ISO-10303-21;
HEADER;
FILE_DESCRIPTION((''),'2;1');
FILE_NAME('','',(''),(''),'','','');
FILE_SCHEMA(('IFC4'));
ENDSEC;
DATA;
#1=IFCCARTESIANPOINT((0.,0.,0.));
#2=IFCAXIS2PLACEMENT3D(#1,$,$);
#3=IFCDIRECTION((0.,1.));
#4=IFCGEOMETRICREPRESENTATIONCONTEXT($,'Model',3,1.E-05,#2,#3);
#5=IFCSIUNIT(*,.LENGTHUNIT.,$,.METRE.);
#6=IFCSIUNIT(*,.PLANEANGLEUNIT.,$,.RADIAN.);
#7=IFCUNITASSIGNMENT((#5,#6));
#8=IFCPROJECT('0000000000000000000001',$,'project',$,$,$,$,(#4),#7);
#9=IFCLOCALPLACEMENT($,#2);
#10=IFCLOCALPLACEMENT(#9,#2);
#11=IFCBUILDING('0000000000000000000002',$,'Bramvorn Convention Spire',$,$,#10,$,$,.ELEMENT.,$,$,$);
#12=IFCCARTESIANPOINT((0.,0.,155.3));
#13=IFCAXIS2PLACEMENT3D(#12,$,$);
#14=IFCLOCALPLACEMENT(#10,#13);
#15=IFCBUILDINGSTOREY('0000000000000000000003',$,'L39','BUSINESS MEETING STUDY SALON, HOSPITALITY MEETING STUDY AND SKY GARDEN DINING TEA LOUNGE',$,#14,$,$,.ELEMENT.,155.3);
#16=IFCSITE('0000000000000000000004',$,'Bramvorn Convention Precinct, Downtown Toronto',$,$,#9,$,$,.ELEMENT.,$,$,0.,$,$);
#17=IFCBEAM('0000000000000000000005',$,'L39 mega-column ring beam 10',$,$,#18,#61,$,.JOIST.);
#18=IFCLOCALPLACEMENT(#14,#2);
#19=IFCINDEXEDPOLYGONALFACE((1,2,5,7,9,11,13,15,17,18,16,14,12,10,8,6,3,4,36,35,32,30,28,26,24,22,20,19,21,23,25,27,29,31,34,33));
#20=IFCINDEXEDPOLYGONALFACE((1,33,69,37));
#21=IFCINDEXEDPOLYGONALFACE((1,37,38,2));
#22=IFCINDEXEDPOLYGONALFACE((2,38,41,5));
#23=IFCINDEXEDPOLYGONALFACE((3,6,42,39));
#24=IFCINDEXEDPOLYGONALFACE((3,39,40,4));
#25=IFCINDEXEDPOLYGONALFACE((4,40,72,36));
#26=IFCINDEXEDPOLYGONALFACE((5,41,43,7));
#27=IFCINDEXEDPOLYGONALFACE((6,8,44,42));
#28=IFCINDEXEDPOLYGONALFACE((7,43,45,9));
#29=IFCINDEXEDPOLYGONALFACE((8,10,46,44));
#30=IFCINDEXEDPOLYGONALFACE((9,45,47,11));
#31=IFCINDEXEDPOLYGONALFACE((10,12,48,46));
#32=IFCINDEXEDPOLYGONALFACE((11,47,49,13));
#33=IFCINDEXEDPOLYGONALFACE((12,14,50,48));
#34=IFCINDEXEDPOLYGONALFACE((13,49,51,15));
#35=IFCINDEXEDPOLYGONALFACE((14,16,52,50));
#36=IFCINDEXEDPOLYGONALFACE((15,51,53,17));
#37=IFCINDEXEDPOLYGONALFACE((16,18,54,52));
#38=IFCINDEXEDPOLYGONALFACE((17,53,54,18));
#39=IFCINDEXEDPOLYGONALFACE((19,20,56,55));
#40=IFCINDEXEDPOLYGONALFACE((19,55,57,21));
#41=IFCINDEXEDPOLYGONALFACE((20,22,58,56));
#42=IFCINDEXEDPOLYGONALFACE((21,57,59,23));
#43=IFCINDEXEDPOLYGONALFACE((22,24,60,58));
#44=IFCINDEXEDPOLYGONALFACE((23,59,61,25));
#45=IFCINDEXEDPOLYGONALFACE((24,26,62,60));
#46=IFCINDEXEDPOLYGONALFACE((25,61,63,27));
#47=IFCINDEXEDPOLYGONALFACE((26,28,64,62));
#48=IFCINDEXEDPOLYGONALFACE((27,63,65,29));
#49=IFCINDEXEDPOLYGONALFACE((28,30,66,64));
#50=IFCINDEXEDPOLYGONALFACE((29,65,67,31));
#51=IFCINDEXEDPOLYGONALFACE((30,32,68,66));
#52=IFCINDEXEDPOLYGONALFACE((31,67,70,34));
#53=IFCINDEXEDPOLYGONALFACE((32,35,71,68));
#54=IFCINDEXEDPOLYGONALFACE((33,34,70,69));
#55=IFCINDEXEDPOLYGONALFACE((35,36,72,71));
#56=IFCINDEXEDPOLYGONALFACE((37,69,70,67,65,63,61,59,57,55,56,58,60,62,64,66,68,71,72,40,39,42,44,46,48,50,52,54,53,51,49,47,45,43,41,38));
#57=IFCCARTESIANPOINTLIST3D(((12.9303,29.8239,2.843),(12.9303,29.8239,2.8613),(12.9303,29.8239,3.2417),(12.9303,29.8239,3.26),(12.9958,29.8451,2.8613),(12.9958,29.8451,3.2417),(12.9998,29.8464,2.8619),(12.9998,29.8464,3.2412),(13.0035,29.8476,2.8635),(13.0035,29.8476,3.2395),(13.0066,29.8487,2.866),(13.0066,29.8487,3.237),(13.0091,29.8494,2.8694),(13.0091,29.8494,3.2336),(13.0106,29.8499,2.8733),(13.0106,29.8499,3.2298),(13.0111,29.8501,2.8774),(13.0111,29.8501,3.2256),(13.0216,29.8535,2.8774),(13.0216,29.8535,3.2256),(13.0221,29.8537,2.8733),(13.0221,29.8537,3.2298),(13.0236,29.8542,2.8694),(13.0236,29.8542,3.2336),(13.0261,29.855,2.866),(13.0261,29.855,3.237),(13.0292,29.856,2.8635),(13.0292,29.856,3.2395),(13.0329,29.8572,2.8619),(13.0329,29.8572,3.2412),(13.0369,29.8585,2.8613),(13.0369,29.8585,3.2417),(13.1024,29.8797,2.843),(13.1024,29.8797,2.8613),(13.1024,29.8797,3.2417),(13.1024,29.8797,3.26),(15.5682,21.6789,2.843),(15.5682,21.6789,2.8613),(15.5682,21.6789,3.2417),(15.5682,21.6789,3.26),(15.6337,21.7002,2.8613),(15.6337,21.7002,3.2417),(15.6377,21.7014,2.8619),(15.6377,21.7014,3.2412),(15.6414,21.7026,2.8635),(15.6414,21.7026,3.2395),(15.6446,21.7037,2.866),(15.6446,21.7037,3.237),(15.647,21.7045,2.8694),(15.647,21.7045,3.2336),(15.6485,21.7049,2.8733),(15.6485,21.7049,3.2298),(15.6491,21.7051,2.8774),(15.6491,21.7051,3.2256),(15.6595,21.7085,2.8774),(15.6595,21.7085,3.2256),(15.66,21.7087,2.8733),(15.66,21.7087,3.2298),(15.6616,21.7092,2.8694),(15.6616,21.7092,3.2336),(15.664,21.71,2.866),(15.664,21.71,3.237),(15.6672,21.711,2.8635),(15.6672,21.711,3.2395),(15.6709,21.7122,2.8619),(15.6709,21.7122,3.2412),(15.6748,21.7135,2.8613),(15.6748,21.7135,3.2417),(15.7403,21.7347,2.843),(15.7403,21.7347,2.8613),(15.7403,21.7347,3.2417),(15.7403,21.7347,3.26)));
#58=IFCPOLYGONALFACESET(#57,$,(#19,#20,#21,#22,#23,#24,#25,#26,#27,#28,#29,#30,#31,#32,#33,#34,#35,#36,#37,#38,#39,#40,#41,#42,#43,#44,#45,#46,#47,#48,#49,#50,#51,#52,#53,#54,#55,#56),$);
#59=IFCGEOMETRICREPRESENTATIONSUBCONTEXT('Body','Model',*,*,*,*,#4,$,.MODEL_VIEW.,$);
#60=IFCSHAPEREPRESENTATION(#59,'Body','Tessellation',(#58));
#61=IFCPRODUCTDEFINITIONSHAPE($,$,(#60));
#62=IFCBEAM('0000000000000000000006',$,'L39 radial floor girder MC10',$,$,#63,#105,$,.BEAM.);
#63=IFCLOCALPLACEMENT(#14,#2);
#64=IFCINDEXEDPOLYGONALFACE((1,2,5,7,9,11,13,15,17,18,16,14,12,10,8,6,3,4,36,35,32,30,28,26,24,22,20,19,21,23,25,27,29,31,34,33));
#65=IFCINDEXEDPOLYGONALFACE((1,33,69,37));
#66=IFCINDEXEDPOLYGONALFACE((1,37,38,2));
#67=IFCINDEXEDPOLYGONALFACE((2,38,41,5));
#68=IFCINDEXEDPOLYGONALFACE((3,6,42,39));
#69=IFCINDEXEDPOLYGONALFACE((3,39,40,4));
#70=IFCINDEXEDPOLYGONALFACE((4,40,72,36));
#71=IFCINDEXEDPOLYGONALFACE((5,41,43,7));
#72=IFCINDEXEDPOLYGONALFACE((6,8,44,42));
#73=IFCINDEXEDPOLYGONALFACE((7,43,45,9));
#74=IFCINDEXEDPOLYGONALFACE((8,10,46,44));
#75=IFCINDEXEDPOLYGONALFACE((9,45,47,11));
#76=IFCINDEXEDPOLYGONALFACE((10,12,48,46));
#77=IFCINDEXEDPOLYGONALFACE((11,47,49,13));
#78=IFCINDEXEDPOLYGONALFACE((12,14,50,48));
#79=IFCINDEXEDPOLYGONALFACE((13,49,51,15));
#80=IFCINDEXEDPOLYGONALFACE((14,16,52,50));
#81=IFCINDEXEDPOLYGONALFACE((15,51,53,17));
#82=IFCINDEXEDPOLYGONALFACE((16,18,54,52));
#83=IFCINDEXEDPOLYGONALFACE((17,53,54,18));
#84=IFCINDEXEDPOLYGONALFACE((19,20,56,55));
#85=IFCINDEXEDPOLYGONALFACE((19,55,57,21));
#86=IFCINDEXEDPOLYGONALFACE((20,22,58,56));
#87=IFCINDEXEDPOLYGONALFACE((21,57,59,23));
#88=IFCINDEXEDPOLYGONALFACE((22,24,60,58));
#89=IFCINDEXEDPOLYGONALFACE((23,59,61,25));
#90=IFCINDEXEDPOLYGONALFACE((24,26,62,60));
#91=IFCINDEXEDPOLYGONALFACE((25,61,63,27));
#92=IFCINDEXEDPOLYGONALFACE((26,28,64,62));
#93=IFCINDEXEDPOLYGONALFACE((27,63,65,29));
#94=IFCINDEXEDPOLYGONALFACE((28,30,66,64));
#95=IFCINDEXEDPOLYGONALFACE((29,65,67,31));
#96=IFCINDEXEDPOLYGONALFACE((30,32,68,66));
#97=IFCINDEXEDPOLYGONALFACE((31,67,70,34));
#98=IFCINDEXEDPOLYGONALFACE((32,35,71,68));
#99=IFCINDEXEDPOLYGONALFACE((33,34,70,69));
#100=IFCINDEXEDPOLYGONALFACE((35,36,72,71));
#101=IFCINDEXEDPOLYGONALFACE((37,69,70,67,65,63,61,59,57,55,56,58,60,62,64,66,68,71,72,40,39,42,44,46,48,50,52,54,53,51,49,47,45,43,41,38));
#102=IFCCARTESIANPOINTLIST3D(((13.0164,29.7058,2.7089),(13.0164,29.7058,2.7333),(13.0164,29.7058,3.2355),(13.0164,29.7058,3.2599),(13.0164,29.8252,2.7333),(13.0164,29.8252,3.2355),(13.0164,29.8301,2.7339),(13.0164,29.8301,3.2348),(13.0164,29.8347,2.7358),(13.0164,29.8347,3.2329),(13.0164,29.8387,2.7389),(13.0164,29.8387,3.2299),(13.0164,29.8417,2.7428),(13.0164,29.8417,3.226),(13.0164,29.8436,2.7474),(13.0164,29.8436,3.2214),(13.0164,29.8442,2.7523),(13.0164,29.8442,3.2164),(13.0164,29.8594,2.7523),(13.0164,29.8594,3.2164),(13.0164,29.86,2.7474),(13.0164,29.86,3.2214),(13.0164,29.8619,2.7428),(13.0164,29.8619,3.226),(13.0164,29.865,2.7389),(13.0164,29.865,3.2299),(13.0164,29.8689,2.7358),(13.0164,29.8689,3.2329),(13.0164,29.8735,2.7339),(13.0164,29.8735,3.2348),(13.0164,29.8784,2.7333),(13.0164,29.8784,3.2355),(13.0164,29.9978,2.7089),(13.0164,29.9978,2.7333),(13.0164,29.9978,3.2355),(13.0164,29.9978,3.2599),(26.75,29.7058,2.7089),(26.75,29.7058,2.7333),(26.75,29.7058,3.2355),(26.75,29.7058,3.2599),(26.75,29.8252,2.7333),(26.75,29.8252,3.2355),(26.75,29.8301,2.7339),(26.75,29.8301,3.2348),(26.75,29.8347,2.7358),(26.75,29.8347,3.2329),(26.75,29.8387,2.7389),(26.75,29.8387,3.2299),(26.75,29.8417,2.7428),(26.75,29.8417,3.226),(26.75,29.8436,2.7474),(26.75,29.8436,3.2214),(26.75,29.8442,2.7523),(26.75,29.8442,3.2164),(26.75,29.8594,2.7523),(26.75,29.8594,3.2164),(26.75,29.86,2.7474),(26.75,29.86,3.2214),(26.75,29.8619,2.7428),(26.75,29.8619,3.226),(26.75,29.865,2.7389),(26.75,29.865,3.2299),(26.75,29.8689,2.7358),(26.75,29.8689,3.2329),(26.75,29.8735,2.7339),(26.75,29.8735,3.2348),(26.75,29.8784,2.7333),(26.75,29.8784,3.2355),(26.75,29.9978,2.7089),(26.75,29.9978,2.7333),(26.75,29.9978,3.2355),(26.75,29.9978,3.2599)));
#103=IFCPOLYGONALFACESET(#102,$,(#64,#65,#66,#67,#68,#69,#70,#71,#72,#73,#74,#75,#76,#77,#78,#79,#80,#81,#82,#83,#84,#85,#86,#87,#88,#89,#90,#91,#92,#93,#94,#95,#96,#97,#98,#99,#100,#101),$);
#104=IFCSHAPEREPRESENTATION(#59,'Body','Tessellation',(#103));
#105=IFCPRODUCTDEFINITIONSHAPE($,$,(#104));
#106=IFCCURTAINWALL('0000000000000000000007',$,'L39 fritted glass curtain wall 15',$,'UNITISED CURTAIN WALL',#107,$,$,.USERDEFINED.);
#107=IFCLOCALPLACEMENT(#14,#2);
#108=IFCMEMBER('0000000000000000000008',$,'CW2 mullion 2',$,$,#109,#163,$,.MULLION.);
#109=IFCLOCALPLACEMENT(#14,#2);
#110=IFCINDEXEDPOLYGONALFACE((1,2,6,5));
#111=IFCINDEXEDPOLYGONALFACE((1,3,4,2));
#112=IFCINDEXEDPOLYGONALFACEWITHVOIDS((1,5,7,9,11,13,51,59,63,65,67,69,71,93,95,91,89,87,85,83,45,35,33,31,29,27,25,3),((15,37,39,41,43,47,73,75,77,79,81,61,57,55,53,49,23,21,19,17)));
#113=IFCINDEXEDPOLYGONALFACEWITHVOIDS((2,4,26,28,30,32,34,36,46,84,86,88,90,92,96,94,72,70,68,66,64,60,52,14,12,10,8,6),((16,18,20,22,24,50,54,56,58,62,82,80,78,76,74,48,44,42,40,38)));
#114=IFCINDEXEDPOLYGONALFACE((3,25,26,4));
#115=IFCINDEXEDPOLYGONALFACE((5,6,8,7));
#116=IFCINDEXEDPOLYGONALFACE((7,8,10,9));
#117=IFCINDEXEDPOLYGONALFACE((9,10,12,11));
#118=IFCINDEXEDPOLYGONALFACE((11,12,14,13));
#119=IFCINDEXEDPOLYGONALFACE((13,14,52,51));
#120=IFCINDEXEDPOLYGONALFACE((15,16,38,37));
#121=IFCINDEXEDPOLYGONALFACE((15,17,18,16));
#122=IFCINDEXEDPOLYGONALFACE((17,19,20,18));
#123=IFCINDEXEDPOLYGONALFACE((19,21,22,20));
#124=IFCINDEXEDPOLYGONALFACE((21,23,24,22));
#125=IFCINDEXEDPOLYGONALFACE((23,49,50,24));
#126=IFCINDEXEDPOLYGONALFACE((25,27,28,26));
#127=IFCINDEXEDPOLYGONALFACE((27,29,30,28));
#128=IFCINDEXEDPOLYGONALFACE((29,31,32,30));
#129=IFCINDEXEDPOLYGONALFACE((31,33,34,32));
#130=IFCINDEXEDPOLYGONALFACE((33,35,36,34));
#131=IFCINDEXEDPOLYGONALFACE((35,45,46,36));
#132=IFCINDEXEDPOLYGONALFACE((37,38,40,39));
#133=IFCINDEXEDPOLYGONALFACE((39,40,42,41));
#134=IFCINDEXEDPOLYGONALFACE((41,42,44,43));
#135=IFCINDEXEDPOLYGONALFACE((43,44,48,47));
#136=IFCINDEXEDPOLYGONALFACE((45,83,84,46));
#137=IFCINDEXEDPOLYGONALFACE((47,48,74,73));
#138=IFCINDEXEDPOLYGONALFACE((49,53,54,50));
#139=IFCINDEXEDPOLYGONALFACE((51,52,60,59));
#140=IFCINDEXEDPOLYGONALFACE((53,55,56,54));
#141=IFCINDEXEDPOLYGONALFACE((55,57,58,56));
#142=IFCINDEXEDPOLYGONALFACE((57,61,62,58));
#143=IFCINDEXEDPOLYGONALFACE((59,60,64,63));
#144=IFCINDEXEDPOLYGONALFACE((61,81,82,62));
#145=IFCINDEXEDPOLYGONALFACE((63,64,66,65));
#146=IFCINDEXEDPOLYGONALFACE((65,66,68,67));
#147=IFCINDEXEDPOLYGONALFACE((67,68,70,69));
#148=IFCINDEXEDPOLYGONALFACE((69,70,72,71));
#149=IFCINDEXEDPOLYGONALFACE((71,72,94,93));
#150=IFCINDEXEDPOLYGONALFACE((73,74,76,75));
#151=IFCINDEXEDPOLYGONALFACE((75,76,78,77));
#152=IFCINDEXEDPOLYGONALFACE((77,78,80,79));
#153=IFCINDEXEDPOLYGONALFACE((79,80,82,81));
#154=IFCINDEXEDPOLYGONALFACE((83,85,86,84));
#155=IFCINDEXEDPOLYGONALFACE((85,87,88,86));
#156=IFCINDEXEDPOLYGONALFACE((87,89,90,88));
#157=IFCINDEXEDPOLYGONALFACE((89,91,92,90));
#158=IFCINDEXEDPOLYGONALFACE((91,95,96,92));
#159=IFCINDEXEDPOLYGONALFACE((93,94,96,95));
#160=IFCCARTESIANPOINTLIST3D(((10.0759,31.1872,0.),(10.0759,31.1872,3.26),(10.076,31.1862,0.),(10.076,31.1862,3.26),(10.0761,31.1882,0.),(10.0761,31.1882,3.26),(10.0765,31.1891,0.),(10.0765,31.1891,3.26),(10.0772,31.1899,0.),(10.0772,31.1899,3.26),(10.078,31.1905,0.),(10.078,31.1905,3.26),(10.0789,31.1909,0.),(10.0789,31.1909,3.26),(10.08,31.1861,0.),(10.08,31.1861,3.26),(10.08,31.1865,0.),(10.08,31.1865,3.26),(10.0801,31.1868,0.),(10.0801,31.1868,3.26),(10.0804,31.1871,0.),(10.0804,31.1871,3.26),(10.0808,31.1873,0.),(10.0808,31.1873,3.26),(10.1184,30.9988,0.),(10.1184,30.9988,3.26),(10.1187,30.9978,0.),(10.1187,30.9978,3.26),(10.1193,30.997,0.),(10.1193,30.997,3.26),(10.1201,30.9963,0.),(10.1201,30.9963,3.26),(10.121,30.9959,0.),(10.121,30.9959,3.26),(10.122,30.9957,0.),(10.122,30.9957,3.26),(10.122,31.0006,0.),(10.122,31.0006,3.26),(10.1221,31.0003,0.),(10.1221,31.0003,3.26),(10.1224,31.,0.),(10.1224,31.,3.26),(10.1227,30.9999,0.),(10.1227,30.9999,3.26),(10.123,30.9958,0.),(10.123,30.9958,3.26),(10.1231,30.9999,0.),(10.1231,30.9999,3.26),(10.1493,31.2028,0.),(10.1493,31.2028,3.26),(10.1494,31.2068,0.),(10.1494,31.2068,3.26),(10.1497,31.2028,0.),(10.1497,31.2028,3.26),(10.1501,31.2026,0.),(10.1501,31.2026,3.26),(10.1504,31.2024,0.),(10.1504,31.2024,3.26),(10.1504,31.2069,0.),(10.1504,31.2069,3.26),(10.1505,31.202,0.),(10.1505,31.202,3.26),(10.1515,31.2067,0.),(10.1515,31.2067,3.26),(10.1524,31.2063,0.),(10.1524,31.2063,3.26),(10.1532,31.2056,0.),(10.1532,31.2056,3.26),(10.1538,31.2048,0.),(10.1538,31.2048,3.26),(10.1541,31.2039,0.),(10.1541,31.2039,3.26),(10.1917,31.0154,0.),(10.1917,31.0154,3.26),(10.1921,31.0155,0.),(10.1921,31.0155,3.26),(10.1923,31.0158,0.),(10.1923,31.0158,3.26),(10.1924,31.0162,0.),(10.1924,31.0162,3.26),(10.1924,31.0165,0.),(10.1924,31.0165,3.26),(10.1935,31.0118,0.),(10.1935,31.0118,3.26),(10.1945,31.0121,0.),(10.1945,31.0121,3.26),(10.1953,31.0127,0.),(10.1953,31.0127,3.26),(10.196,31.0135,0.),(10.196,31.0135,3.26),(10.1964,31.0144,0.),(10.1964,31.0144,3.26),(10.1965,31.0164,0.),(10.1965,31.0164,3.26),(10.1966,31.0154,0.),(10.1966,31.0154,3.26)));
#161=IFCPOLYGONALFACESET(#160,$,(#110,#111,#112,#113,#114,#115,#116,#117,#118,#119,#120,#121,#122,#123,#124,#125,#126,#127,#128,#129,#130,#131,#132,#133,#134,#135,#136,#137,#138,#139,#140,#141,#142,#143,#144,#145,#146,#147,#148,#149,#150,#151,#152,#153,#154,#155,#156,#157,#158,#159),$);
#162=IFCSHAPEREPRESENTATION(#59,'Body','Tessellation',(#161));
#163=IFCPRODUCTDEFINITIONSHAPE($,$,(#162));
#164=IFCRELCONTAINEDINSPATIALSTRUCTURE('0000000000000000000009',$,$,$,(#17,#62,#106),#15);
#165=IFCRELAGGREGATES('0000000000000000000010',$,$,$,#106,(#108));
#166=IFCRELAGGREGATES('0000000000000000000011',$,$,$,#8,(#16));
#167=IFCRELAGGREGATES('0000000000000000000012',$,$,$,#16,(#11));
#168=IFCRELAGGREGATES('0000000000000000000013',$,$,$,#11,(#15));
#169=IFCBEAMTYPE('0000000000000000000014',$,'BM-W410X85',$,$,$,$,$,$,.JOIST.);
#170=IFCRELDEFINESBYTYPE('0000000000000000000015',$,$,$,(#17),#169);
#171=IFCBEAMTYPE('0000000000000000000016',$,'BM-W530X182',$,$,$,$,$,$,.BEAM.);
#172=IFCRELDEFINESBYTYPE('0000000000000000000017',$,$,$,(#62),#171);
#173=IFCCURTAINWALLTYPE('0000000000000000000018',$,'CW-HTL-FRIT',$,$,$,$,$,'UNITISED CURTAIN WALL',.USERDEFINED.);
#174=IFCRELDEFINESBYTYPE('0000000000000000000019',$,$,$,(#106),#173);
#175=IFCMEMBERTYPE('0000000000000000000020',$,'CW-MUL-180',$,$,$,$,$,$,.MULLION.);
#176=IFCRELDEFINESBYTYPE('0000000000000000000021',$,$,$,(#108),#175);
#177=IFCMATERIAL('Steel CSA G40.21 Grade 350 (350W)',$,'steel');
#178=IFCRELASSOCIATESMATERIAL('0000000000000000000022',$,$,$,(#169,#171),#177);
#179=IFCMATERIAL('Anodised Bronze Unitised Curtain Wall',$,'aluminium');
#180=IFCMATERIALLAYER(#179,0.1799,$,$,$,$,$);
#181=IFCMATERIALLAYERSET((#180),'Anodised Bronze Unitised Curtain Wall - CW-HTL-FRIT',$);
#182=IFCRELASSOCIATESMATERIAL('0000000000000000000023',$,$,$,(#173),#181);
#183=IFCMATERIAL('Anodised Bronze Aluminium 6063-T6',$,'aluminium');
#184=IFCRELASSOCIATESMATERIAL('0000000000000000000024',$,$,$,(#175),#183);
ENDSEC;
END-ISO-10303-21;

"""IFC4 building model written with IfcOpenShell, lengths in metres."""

from ifc_helpers import new_model, si_unit, direction, frame, origin, origin_2d, place, context, subcontext, project, spatial, hollow_rectangle, i_section, extrude, material, layer, layer_set, material_profile, profile_set, type_object, element, aggregate, save


model = new_model("IFC4")

# Units and contexts
model_context = context("Model", 3, precision=1e-05, world=origin(), true_north=direction((0.0, 1.0)))
body_context = subcontext(model_context, "Body", "Model", "MODEL_VIEW")
ifc_project = project(units=[si_unit("LENGTHUNIT", "METRE"), si_unit("PLANEANGLEUNIT", "RADIAN")], contexts=[model_context])

# Site, building, storey
site_placement = place(None, origin())
site = spatial("IfcSite", under=ifc_project, at=site_placement, Name="Bramvorn Convention Precinct, Downtown Toronto", CompositionType="ELEMENT", RefElevation=0.0)
building_placement = place(site_placement, origin())
building = spatial("IfcBuilding", under=site, at=building_placement, Name="Bramvorn Convention Spire", CompositionType="ELEMENT")
storey_placement = place(building_placement, frame((0.0, 0.0, 155.3)))
storey = spatial("IfcBuildingStorey", under=building, at=storey_placement, Name="L39", Description="BUSINESS MEETING STUDY SALON, HOSPITALITY MEETING STUDY AND SKY GARDEN DINING TEA LOUNGE", CompositionType="ELEMENT", Elevation=155.3)

# Shared definitions
ifc_material_1 = material(Name="Steel CSA G40.21 Grade 350 (350W)", Category="steel")

# Beams
ifc_material_profile_1 = material_profile(ifc_material_1, i_section(OverallWidth=0.1809, OverallDepth=0.417, WebThickness=0.011, FlangeThickness=0.0183, FilletRadius=0.0161, at=origin_2d()))
ifc_profile_set_1 = profile_set([ifc_material_profile_1], Name="Steel CSA G40.21 Grade 350 (350W) - W410X85")
beam_type_1 = type_object("IfcBeamType", Name="BM-W410X85", PredefinedType="JOIST", material=ifc_profile_set_1)
beam_1_placement = place(storey_placement, frame((13.0164, 29.8518, 3.0515), z_axis=(0.308115, -0.951349, 0.0), x_axis=(0.951349, 0.308115, 0.0)))
element("IfcBeam", 1, at=beam_1_placement, inside=storey, type_object=beam_type_1, Name="L39 mega-column ring beam 10", PredefinedType="JOIST", context=body_context, shape_type="SweptSolid", body=[
    extrude(i_section(OverallWidth=0.1809, OverallDepth=0.417, WebThickness=0.011, FlangeThickness=0.0183, FilletRadius=0.0161, at=origin_2d()), origin(), (0.0, 0.0, 1.0), 8.5615),
])
ifc_material_profile_2 = material_profile(ifc_material_1, i_section(OverallWidth=0.292, OverallDepth=0.551, WebThickness=0.0151, FlangeThickness=0.0244, FilletRadius=0.019, at=origin_2d()))
ifc_profile_set_2 = profile_set([ifc_material_profile_2], Name="Steel CSA G40.21 Grade 350 (350W) - W530X182")
beam_type_2 = type_object("IfcBeamType", Name="BM-W530X182", PredefinedType="BEAM", material=ifc_profile_set_2)
beam_2_placement = place(storey_placement, frame((26.75, 29.8518, 2.9844), z_axis=(-1.0, 0.0, 0.0), x_axis=(0.0, -1.0, 0.0)))
element("IfcBeam", 2, at=beam_2_placement, inside=storey, type_object=beam_type_2, Name="L39 radial floor girder MC10", PredefinedType="BEAM", context=body_context, shape_type="SweptSolid", body=[
    extrude(i_section(OverallWidth=0.292, OverallDepth=0.551, WebThickness=0.0151, FlangeThickness=0.0244, FilletRadius=0.019, at=origin_2d()), origin(), (0.0, 0.0, 1.0), 13.7336),
])

# Curtain wall, member
ifc_material_2 = material(Name="Anodised Bronze Unitised Curtain Wall", Category="aluminium")
ifc_layer_1 = layer(ifc_material_2, 0.1799)
ifc_layer_set_1 = layer_set([ifc_layer_1], Name="Anodised Bronze Unitised Curtain Wall - CW-HTL-FRIT")
curtain_wall_type_1 = type_object("IfcCurtainWallType", Name="CW-HTL-FRIT", ElementType="UNITISED CURTAIN WALL", PredefinedType="USERDEFINED", material=ifc_layer_set_1)
curtain_wall_1_placement = place(storey_placement, origin())
curtain_wall_1 = element("IfcCurtainWall", 3, at=curtain_wall_1_placement, inside=storey, type_object=curtain_wall_type_1, Name="L39 fritted glass curtain wall 15", ObjectType="UNITISED CURTAIN WALL", PredefinedType="USERDEFINED")
ifc_material_3 = material(Name="Anodised Bronze Aluminium 6063-T6", Category="aluminium")
ifc_material_profile_3 = material_profile(ifc_material_3, hollow_rectangle(XDim=0.0801, YDim=0.2, WallThickness=0.0039, InnerFilletRadius=0.001, OuterFilletRadius=0.0039, at=origin_2d()))
ifc_profile_set_3 = profile_set([ifc_material_profile_3], Name="Anodised Bronze Aluminium 6063-T6 - CWM80X200")
member_type_1 = type_object("IfcMemberType", Name="CW-MUL-180", PredefinedType="MULLION", material=ifc_profile_set_3)
member_1_placement = place(storey_placement, frame((10.1362, 31.1013, 0.0), z_axis=(0.0, 0.0, 1.0), x_axis=(-0.975392, -0.220476, 0.0)))
member_1 = element("IfcMember", 4, at=member_1_placement, type_object=member_type_1, Name="CW2 mullion 2", PredefinedType="MULLION", context=body_context, shape_type="SweptSolid", body=[
    extrude(hollow_rectangle(XDim=0.0801, YDim=0.2, WallThickness=0.0039, InnerFilletRadius=0.001, OuterFilletRadius=0.0039, at=origin_2d()), origin(), (0.0, 0.0, 1.0), 3.26),
])

aggregate(curtain_wall_1, [member_1])

save(model, "model.ifc")
